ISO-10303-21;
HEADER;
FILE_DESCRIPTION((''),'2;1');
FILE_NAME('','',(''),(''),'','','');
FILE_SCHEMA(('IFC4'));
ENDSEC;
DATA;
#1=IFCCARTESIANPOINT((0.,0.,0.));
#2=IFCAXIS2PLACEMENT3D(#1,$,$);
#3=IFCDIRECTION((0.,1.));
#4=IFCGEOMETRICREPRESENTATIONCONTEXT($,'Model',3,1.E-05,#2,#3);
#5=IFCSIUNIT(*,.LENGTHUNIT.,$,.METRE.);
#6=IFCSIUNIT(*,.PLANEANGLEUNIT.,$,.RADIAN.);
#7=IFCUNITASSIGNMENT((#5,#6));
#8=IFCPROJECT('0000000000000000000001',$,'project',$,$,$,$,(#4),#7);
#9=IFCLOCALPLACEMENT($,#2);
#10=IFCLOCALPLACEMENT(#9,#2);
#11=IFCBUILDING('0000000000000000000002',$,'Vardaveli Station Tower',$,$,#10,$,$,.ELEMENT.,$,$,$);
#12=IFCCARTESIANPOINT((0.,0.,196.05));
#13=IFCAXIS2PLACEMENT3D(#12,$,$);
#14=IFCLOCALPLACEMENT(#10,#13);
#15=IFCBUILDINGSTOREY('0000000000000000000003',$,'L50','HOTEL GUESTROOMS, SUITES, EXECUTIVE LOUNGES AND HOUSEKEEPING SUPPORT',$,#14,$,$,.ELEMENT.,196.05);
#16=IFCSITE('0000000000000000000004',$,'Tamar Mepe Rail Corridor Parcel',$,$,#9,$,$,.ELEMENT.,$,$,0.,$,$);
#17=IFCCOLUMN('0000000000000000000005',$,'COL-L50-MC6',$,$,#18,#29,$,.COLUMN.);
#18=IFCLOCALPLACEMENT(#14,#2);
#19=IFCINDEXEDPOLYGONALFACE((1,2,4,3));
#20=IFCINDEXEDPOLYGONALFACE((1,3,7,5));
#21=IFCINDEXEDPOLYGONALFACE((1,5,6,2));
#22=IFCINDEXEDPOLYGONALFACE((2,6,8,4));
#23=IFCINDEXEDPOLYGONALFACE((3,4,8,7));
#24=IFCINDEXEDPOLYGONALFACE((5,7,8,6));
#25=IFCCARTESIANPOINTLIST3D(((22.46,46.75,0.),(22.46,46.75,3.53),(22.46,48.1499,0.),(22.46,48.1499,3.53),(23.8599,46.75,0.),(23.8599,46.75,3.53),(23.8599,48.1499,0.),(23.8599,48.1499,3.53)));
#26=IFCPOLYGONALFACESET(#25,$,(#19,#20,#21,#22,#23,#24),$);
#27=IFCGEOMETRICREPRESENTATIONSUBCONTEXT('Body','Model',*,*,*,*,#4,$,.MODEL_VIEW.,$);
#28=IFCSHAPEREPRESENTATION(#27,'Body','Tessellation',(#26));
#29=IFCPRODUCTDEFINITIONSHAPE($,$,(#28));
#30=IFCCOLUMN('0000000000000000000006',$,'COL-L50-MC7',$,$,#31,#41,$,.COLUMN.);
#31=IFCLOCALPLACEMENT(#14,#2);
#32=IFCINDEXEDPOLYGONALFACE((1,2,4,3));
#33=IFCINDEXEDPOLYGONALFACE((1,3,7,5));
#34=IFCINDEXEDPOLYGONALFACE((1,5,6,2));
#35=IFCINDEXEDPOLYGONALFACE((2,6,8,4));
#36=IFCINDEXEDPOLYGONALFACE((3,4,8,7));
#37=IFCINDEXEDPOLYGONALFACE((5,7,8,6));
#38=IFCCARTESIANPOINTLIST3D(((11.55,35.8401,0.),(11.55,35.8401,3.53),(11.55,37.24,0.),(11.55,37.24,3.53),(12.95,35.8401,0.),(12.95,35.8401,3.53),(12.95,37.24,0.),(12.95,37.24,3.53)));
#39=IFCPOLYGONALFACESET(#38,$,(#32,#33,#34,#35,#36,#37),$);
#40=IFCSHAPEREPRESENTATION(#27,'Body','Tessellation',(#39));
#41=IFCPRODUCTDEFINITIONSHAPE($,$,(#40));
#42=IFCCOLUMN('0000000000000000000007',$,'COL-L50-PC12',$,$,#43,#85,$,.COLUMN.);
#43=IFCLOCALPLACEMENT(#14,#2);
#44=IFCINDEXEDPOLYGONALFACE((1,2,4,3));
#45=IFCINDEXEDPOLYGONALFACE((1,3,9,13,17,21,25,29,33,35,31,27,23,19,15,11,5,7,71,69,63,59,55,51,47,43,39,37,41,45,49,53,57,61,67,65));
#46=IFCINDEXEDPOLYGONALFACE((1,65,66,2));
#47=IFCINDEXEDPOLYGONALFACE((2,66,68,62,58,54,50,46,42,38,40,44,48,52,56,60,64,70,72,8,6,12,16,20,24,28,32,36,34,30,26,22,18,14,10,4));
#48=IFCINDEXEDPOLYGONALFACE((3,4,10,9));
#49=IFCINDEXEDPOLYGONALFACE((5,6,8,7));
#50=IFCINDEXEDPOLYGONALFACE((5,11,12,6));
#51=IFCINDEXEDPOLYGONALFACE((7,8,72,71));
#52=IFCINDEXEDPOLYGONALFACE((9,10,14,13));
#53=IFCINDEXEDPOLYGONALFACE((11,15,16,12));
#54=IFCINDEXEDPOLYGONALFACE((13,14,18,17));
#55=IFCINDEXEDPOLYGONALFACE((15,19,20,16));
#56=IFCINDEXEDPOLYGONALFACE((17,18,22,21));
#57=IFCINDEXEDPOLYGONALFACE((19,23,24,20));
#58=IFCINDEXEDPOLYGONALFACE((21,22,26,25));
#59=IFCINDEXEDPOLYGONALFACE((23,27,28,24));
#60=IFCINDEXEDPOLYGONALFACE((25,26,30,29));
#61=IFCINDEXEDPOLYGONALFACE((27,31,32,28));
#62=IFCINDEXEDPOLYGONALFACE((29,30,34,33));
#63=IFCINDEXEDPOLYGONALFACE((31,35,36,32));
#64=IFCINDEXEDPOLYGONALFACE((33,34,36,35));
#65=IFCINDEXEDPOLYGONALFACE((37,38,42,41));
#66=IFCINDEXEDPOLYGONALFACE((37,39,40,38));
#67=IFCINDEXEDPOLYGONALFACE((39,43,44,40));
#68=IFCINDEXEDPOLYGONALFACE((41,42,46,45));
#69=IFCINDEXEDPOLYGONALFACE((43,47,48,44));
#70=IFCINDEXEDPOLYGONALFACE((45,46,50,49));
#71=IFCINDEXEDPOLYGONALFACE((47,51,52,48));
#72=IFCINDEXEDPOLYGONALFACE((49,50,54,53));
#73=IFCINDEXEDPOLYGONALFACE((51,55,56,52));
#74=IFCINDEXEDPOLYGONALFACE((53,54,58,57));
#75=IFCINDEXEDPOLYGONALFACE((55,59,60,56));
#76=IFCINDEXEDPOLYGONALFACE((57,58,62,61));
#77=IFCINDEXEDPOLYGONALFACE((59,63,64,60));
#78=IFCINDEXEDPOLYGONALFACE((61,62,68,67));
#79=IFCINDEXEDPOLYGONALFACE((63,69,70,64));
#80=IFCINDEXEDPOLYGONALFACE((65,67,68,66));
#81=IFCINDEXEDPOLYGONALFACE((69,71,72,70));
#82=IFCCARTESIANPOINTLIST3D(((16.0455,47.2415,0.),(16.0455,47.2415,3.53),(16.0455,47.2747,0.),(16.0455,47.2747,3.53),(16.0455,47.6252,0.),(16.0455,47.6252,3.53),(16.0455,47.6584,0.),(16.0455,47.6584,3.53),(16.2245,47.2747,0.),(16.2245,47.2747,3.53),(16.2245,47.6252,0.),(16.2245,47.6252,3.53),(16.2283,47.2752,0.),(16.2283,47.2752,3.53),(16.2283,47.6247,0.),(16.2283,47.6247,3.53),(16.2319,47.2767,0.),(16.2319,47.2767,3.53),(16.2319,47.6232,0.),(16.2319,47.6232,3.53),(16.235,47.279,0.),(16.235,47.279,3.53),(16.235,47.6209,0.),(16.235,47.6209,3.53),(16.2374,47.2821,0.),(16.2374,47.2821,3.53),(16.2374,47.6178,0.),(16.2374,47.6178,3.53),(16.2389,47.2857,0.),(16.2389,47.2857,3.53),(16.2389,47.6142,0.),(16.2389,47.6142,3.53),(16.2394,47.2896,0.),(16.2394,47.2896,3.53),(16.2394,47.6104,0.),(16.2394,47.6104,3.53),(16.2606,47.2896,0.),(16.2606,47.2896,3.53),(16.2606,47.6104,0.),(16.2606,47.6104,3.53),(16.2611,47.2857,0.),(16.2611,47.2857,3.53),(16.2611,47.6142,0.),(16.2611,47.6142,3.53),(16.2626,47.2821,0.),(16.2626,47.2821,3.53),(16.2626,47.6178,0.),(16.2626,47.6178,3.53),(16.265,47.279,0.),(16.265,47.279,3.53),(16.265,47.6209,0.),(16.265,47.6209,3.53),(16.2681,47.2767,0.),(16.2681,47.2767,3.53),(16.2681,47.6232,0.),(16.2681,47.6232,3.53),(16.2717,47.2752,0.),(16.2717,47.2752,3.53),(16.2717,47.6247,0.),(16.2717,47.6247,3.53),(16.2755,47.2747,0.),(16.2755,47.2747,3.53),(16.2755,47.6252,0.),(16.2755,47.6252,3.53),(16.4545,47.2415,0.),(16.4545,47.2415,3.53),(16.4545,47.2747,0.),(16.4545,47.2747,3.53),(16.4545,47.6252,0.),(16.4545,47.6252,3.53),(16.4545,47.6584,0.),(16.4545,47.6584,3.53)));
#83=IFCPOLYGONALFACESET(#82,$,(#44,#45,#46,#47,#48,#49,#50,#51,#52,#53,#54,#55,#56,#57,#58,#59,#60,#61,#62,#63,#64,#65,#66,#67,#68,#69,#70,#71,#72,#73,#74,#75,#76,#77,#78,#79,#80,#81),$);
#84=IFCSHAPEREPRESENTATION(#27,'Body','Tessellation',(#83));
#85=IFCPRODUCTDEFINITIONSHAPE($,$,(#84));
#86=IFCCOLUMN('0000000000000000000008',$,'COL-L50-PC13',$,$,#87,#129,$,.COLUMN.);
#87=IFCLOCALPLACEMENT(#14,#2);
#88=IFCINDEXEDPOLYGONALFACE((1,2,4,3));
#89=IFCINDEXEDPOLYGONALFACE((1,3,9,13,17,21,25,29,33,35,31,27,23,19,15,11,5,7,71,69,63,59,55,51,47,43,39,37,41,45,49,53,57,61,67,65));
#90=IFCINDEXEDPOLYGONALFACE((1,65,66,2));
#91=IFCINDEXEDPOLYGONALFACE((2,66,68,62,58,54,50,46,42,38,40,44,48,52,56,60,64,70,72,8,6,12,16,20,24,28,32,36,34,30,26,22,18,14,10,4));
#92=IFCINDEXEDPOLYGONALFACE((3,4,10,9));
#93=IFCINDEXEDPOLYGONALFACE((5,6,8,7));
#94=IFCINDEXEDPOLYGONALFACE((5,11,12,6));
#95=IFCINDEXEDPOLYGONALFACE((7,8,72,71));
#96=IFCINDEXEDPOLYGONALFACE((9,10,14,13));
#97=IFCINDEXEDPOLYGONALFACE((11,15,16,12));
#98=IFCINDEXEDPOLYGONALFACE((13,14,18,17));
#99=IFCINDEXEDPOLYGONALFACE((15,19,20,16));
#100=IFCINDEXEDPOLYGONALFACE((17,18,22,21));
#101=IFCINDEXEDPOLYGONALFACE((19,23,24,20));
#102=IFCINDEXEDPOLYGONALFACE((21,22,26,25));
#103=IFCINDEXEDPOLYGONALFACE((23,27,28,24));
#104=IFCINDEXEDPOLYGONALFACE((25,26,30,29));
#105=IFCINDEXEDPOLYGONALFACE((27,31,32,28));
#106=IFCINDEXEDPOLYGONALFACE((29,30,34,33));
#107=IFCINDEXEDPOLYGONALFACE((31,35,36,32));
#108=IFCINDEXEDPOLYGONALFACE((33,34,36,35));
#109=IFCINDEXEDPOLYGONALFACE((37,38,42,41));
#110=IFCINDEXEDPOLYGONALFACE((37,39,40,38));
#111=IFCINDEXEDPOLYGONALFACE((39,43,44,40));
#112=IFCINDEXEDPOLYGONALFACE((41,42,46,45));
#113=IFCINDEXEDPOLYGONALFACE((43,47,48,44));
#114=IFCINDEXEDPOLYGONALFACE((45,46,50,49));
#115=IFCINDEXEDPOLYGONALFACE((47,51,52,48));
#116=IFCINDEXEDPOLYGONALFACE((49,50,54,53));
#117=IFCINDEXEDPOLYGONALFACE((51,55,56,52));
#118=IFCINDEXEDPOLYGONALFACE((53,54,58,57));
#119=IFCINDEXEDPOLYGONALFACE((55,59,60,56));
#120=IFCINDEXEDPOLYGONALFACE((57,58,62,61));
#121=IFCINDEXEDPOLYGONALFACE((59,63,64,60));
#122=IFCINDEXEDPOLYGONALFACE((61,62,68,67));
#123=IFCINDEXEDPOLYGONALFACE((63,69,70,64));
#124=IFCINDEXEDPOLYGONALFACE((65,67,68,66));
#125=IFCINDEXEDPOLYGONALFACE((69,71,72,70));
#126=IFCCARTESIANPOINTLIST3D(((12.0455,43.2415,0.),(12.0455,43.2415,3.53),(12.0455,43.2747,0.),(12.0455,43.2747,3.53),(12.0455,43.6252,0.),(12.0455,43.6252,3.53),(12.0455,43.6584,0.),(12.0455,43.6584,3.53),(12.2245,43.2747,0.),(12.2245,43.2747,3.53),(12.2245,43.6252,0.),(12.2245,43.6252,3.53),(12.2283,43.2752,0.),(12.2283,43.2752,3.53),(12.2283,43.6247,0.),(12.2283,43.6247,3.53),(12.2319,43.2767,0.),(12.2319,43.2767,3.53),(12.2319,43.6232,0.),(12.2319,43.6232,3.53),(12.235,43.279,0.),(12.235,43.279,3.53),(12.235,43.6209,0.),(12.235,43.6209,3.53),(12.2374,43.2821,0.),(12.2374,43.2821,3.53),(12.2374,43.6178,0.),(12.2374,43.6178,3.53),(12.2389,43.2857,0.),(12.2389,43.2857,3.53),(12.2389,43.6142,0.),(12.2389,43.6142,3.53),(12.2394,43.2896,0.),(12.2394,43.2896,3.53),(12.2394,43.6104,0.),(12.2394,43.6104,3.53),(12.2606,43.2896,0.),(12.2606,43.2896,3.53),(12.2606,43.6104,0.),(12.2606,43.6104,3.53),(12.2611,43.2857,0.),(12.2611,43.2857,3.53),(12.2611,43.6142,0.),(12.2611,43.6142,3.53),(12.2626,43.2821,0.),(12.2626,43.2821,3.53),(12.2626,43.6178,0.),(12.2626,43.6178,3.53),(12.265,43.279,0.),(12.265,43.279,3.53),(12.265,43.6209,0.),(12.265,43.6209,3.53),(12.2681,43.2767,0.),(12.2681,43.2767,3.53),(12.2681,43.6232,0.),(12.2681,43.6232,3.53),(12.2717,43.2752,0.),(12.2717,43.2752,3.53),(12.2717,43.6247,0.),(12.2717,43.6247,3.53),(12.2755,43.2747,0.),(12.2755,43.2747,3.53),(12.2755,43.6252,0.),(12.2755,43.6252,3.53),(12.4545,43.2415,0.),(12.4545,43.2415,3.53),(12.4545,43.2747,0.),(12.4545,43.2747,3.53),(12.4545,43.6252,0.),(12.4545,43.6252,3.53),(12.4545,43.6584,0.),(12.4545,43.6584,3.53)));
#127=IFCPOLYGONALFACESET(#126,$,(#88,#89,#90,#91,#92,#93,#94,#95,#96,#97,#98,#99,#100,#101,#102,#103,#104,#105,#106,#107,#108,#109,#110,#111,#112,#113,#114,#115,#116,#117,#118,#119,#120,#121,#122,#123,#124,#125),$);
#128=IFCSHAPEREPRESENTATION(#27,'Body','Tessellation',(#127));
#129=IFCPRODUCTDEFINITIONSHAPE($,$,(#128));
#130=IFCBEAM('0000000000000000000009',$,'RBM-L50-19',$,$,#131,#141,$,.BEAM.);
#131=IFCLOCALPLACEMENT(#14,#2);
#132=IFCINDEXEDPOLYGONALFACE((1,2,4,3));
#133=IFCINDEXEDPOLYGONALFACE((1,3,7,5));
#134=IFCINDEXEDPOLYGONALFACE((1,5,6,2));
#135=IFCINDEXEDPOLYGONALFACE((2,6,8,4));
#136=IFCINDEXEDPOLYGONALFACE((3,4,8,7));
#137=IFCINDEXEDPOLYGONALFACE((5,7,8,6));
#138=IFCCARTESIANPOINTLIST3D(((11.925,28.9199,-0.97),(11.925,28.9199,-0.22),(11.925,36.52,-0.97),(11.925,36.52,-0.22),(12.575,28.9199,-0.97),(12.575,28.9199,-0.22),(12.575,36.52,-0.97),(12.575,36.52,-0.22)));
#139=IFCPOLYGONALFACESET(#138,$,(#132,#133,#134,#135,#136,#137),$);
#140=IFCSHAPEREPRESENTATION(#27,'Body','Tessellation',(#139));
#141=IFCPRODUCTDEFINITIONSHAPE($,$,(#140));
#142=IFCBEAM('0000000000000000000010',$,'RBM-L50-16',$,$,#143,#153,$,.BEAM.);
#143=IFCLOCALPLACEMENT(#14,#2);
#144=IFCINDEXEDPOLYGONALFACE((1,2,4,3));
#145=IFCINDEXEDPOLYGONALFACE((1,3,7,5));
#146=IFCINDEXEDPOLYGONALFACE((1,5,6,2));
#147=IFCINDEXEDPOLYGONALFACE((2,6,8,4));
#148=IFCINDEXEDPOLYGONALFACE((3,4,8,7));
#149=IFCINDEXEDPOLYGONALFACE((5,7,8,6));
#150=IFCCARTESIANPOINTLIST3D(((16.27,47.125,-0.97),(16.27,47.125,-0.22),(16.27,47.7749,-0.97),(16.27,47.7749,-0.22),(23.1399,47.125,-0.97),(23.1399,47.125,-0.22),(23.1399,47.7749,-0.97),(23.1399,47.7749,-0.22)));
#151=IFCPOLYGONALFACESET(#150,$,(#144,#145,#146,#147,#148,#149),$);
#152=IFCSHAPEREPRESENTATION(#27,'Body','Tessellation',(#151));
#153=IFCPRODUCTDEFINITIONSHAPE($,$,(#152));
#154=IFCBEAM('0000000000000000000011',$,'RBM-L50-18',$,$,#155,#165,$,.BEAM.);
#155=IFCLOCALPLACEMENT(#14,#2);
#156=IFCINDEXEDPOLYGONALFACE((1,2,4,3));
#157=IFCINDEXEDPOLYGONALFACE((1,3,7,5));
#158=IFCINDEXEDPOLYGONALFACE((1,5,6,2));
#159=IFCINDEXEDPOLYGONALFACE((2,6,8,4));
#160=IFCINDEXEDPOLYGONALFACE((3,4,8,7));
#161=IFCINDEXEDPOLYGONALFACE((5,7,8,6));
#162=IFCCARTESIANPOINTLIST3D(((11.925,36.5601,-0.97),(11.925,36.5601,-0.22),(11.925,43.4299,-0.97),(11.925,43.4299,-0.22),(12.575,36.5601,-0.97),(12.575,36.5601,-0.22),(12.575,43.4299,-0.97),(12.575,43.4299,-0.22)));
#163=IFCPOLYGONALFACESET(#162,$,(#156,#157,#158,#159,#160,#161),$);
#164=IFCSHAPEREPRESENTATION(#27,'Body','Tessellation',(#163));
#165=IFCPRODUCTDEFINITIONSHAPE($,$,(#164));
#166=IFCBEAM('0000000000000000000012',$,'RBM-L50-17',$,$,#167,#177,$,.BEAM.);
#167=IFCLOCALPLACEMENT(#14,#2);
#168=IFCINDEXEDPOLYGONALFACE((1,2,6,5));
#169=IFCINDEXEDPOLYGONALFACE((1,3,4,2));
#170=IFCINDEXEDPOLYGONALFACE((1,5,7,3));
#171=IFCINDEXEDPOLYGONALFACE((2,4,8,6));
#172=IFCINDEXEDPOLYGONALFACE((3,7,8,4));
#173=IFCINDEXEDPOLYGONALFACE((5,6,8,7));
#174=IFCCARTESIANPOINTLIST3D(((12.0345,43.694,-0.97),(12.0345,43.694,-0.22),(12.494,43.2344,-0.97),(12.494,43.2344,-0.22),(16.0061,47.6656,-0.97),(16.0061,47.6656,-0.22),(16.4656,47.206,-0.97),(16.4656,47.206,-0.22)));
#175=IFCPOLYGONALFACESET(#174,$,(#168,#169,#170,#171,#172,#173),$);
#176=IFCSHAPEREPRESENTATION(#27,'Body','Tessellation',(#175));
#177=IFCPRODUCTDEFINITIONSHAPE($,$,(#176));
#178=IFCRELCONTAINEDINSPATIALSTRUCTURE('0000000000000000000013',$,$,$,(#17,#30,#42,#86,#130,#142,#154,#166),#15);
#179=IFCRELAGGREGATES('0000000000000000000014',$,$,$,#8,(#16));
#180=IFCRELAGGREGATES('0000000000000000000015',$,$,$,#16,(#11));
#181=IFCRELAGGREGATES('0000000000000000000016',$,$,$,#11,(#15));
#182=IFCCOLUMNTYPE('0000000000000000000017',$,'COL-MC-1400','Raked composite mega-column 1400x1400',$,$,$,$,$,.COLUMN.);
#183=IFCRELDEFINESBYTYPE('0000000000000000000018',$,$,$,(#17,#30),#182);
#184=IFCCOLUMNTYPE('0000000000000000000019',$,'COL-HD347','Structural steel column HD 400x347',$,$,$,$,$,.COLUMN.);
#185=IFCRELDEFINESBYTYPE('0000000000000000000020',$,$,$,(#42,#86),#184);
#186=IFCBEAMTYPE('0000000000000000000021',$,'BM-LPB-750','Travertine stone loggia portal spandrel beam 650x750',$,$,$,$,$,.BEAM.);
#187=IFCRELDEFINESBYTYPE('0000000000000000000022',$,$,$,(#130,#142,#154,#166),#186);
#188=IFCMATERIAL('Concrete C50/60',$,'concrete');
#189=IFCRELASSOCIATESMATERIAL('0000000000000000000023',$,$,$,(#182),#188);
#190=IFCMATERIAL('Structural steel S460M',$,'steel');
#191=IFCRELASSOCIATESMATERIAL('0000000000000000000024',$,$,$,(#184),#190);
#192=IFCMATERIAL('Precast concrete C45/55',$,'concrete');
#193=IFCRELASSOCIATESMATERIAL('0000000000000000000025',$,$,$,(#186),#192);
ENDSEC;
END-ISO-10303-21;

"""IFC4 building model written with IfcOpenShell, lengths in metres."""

from ifc_helpers import new_model, si_unit, direction, frame, origin, origin_2d, place, context, subcontext, project, spatial, rectangle, i_section, extrude, source, transform, mapped, material, material_profile, profile_set, type_object, element, save


model = new_model("IFC4")

# Units and contexts
model_context = context("Model", 3, precision=1e-05, world=origin(), true_north=direction((0.0, 1.0)))
body_context = subcontext(model_context, "Body", "Model", "MODEL_VIEW")
ifc_project = project(units=[si_unit("LENGTHUNIT", "METRE"), si_unit("PLANEANGLEUNIT", "RADIAN")], contexts=[model_context])

# Site, building, storey
site_placement = place(None, origin())
site = spatial("IfcSite", under=ifc_project, at=site_placement, Name="Tamar Mepe Rail Corridor Parcel", CompositionType="ELEMENT", RefElevation=0.0)
building_placement = place(site_placement, origin())
building = spatial("IfcBuilding", under=site, at=building_placement, Name="Vardaveli Station Tower", CompositionType="ELEMENT")
storey_placement = place(building_placement, frame((0.0, 0.0, 196.05)))
storey = spatial("IfcBuildingStorey", under=building, at=storey_placement, Name="L50", Description="HOTEL GUESTROOMS, SUITES, EXECUTIVE LOUNGES AND HOUSEKEEPING SUPPORT", CompositionType="ELEMENT", Elevation=196.05)

# Columns
ifc_material_1 = material(Name="Concrete C50/60", Category="concrete")
ifc_material_profile_1 = material_profile(ifc_material_1, rectangle(XDim=1.3999, YDim=1.3999, at=origin_2d()), Name="MC 1400x1400")
ifc_profile_set_1 = profile_set([ifc_material_profile_1], Name="Concrete C50/60")
column_type_1 = type_object("IfcColumnType", Name="COL-MC-1400", Description="Raked composite mega-column 1400x1400", PredefinedType="COLUMN", material=ifc_profile_set_1)
shared_shape_1 = source(origin(), body_context, "Body", "SweptSolid", [
    extrude(rectangle(XDim=1.3999, YDim=1.3999, at=origin_2d()), origin(), (0.0, 0.0, 1.0), 3.53),
])
for number, where, z_axis, x_axis, name in (
    (1, (23.1599, 47.45, 0.0), (0.0, 0.0, 1.0), (1.0, 0.0, 0.0), "COL-L50-MC6"),
    (2, (12.25, 36.54, 0.0), (0.0, 0.0, 1.0), (1.0, 0.0, 0.0), "COL-L50-MC7"),
):
    element("IfcColumn", number, at=place(storey_placement, frame(where, z_axis=z_axis, x_axis=x_axis)), inside=storey, type_object=column_type_1, Name=name, PredefinedType="COLUMN", context=body_context, shape_type="MappedRepresentation", body=[
        mapped(shared_shape_1, transform((0.0, 0.0, 0.0), scale=1.0)),
    ])
ifc_material_2 = material(Name="Structural steel S460M", Category="steel")
ifc_material_profile_2 = material_profile(ifc_material_2, i_section(OverallWidth=0.4089, OverallDepth=0.417, WebThickness=0.0212, FlangeThickness=0.0332, FilletRadius=0.0149, at=origin_2d()), Name="HD 400x347")
ifc_profile_set_2 = profile_set([ifc_material_profile_2], Name="Structural steel S460M")
column_type_2 = type_object("IfcColumnType", Name="COL-HD347", Description="Structural steel column HD 400x347", PredefinedType="COLUMN", material=ifc_profile_set_2)
shared_shape_2 = source(origin(), body_context, "Body", "SweptSolid", [
    extrude(i_section(OverallWidth=0.4089, OverallDepth=0.417, WebThickness=0.0212, FlangeThickness=0.0332, FilletRadius=0.0149, at=origin_2d()), origin(), (0.0, 0.0, 1.0), 3.53),
])
for number, where, z_axis, x_axis, name in (
    (3, (16.25, 47.45, 0.0), (0.0, 0.0, 1.0), (1.0, 0.0, 0.0), "COL-L50-PC12"),
    (4, (12.25, 43.45, 0.0), (0.0, 0.0, 1.0), (1.0, 0.0, 0.0), "COL-L50-PC13"),
):
    element("IfcColumn", number, at=place(storey_placement, frame(where, z_axis=z_axis, x_axis=x_axis)), inside=storey, type_object=column_type_2, Name=name, PredefinedType="COLUMN", context=body_context, shape_type="MappedRepresentation", body=[
        mapped(shared_shape_2, transform((0.0, 0.0, 0.0), scale=1.0)),
    ])

# Beams
ifc_material_3 = material(Name="Precast concrete C45/55", Category="concrete")
ifc_material_profile_3 = material_profile(ifc_material_3, rectangle(XDim=0.6499, YDim=0.75, at=origin_2d()), Name="LPB 650x750")
ifc_profile_set_3 = profile_set([ifc_material_profile_3], Name="Precast concrete C45/55")
beam_type_1 = type_object("IfcBeamType", Name="BM-LPB-750", Description="Travertine stone loggia portal spandrel beam 650x750", PredefinedType="BEAM", material=ifc_profile_set_3)
shared_shape_3 = source(origin(), body_context, "Body", "SweptSolid", [
    extrude(rectangle(XDim=0.6499, YDim=0.75, at=origin_2d()), origin(), (0.0, 0.0, 1.0), 7.6001),
])
beam_1_placement = place(storey_placement, frame((12.25, 36.52, -0.595), z_axis=(0.0, -1.0, 0.0), x_axis=(1.0, 0.0, 0.0)))
element("IfcBeam", 5, at=beam_1_placement, inside=storey, type_object=beam_type_1, Name="RBM-L50-19", PredefinedType="BEAM", context=body_context, shape_type="MappedRepresentation", body=[
    mapped(shared_shape_3, transform((0.0, 0.0, 0.0), scale=1.0)),
])
shared_shape_4 = source(origin(), body_context, "Body", "SweptSolid", [
    extrude(rectangle(XDim=0.6499, YDim=0.75, at=origin_2d()), origin(), (0.0, 0.0, 1.0), 6.8699),
])
for number, where, z_axis, x_axis, name in (
    (6, (23.1399, 47.45, -0.595), (-1.0, 0.0, 0.0), (0.0, -1.0, 0.0), "RBM-L50-16"),
    (7, (12.25, 43.4299, -0.595), (0.0, -1.0, 0.0), (1.0, 0.0, 0.0), "RBM-L50-18"),
):
    element("IfcBeam", number, at=place(storey_placement, frame(where, z_axis=z_axis, x_axis=x_axis)), inside=storey, type_object=beam_type_1, Name=name, PredefinedType="BEAM", context=body_context, shape_type="MappedRepresentation", body=[
        mapped(shared_shape_4, transform((0.0, 0.0, 0.0), scale=1.0)),
    ])
shared_shape_5 = source(origin(), body_context, "Body", "SweptSolid", [
    extrude(rectangle(XDim=0.6499, YDim=0.75, at=origin_2d()), origin(), (0.0, 0.0, 1.0), 5.6167),
])
beam_2_placement = place(storey_placement, frame((16.2358, 47.4358, -0.595), z_axis=(-0.707107, -0.707107, 0.0), x_axis=(0.707107, -0.707107, 0.0)))
element("IfcBeam", 8, at=beam_2_placement, inside=storey, type_object=beam_type_1, Name="RBM-L50-17", PredefinedType="BEAM", context=body_context, shape_type="MappedRepresentation", body=[
    mapped(shared_shape_5, transform((0.0, 0.0, 0.0), scale=1.0)),
])

save(model, "model.ifc")
